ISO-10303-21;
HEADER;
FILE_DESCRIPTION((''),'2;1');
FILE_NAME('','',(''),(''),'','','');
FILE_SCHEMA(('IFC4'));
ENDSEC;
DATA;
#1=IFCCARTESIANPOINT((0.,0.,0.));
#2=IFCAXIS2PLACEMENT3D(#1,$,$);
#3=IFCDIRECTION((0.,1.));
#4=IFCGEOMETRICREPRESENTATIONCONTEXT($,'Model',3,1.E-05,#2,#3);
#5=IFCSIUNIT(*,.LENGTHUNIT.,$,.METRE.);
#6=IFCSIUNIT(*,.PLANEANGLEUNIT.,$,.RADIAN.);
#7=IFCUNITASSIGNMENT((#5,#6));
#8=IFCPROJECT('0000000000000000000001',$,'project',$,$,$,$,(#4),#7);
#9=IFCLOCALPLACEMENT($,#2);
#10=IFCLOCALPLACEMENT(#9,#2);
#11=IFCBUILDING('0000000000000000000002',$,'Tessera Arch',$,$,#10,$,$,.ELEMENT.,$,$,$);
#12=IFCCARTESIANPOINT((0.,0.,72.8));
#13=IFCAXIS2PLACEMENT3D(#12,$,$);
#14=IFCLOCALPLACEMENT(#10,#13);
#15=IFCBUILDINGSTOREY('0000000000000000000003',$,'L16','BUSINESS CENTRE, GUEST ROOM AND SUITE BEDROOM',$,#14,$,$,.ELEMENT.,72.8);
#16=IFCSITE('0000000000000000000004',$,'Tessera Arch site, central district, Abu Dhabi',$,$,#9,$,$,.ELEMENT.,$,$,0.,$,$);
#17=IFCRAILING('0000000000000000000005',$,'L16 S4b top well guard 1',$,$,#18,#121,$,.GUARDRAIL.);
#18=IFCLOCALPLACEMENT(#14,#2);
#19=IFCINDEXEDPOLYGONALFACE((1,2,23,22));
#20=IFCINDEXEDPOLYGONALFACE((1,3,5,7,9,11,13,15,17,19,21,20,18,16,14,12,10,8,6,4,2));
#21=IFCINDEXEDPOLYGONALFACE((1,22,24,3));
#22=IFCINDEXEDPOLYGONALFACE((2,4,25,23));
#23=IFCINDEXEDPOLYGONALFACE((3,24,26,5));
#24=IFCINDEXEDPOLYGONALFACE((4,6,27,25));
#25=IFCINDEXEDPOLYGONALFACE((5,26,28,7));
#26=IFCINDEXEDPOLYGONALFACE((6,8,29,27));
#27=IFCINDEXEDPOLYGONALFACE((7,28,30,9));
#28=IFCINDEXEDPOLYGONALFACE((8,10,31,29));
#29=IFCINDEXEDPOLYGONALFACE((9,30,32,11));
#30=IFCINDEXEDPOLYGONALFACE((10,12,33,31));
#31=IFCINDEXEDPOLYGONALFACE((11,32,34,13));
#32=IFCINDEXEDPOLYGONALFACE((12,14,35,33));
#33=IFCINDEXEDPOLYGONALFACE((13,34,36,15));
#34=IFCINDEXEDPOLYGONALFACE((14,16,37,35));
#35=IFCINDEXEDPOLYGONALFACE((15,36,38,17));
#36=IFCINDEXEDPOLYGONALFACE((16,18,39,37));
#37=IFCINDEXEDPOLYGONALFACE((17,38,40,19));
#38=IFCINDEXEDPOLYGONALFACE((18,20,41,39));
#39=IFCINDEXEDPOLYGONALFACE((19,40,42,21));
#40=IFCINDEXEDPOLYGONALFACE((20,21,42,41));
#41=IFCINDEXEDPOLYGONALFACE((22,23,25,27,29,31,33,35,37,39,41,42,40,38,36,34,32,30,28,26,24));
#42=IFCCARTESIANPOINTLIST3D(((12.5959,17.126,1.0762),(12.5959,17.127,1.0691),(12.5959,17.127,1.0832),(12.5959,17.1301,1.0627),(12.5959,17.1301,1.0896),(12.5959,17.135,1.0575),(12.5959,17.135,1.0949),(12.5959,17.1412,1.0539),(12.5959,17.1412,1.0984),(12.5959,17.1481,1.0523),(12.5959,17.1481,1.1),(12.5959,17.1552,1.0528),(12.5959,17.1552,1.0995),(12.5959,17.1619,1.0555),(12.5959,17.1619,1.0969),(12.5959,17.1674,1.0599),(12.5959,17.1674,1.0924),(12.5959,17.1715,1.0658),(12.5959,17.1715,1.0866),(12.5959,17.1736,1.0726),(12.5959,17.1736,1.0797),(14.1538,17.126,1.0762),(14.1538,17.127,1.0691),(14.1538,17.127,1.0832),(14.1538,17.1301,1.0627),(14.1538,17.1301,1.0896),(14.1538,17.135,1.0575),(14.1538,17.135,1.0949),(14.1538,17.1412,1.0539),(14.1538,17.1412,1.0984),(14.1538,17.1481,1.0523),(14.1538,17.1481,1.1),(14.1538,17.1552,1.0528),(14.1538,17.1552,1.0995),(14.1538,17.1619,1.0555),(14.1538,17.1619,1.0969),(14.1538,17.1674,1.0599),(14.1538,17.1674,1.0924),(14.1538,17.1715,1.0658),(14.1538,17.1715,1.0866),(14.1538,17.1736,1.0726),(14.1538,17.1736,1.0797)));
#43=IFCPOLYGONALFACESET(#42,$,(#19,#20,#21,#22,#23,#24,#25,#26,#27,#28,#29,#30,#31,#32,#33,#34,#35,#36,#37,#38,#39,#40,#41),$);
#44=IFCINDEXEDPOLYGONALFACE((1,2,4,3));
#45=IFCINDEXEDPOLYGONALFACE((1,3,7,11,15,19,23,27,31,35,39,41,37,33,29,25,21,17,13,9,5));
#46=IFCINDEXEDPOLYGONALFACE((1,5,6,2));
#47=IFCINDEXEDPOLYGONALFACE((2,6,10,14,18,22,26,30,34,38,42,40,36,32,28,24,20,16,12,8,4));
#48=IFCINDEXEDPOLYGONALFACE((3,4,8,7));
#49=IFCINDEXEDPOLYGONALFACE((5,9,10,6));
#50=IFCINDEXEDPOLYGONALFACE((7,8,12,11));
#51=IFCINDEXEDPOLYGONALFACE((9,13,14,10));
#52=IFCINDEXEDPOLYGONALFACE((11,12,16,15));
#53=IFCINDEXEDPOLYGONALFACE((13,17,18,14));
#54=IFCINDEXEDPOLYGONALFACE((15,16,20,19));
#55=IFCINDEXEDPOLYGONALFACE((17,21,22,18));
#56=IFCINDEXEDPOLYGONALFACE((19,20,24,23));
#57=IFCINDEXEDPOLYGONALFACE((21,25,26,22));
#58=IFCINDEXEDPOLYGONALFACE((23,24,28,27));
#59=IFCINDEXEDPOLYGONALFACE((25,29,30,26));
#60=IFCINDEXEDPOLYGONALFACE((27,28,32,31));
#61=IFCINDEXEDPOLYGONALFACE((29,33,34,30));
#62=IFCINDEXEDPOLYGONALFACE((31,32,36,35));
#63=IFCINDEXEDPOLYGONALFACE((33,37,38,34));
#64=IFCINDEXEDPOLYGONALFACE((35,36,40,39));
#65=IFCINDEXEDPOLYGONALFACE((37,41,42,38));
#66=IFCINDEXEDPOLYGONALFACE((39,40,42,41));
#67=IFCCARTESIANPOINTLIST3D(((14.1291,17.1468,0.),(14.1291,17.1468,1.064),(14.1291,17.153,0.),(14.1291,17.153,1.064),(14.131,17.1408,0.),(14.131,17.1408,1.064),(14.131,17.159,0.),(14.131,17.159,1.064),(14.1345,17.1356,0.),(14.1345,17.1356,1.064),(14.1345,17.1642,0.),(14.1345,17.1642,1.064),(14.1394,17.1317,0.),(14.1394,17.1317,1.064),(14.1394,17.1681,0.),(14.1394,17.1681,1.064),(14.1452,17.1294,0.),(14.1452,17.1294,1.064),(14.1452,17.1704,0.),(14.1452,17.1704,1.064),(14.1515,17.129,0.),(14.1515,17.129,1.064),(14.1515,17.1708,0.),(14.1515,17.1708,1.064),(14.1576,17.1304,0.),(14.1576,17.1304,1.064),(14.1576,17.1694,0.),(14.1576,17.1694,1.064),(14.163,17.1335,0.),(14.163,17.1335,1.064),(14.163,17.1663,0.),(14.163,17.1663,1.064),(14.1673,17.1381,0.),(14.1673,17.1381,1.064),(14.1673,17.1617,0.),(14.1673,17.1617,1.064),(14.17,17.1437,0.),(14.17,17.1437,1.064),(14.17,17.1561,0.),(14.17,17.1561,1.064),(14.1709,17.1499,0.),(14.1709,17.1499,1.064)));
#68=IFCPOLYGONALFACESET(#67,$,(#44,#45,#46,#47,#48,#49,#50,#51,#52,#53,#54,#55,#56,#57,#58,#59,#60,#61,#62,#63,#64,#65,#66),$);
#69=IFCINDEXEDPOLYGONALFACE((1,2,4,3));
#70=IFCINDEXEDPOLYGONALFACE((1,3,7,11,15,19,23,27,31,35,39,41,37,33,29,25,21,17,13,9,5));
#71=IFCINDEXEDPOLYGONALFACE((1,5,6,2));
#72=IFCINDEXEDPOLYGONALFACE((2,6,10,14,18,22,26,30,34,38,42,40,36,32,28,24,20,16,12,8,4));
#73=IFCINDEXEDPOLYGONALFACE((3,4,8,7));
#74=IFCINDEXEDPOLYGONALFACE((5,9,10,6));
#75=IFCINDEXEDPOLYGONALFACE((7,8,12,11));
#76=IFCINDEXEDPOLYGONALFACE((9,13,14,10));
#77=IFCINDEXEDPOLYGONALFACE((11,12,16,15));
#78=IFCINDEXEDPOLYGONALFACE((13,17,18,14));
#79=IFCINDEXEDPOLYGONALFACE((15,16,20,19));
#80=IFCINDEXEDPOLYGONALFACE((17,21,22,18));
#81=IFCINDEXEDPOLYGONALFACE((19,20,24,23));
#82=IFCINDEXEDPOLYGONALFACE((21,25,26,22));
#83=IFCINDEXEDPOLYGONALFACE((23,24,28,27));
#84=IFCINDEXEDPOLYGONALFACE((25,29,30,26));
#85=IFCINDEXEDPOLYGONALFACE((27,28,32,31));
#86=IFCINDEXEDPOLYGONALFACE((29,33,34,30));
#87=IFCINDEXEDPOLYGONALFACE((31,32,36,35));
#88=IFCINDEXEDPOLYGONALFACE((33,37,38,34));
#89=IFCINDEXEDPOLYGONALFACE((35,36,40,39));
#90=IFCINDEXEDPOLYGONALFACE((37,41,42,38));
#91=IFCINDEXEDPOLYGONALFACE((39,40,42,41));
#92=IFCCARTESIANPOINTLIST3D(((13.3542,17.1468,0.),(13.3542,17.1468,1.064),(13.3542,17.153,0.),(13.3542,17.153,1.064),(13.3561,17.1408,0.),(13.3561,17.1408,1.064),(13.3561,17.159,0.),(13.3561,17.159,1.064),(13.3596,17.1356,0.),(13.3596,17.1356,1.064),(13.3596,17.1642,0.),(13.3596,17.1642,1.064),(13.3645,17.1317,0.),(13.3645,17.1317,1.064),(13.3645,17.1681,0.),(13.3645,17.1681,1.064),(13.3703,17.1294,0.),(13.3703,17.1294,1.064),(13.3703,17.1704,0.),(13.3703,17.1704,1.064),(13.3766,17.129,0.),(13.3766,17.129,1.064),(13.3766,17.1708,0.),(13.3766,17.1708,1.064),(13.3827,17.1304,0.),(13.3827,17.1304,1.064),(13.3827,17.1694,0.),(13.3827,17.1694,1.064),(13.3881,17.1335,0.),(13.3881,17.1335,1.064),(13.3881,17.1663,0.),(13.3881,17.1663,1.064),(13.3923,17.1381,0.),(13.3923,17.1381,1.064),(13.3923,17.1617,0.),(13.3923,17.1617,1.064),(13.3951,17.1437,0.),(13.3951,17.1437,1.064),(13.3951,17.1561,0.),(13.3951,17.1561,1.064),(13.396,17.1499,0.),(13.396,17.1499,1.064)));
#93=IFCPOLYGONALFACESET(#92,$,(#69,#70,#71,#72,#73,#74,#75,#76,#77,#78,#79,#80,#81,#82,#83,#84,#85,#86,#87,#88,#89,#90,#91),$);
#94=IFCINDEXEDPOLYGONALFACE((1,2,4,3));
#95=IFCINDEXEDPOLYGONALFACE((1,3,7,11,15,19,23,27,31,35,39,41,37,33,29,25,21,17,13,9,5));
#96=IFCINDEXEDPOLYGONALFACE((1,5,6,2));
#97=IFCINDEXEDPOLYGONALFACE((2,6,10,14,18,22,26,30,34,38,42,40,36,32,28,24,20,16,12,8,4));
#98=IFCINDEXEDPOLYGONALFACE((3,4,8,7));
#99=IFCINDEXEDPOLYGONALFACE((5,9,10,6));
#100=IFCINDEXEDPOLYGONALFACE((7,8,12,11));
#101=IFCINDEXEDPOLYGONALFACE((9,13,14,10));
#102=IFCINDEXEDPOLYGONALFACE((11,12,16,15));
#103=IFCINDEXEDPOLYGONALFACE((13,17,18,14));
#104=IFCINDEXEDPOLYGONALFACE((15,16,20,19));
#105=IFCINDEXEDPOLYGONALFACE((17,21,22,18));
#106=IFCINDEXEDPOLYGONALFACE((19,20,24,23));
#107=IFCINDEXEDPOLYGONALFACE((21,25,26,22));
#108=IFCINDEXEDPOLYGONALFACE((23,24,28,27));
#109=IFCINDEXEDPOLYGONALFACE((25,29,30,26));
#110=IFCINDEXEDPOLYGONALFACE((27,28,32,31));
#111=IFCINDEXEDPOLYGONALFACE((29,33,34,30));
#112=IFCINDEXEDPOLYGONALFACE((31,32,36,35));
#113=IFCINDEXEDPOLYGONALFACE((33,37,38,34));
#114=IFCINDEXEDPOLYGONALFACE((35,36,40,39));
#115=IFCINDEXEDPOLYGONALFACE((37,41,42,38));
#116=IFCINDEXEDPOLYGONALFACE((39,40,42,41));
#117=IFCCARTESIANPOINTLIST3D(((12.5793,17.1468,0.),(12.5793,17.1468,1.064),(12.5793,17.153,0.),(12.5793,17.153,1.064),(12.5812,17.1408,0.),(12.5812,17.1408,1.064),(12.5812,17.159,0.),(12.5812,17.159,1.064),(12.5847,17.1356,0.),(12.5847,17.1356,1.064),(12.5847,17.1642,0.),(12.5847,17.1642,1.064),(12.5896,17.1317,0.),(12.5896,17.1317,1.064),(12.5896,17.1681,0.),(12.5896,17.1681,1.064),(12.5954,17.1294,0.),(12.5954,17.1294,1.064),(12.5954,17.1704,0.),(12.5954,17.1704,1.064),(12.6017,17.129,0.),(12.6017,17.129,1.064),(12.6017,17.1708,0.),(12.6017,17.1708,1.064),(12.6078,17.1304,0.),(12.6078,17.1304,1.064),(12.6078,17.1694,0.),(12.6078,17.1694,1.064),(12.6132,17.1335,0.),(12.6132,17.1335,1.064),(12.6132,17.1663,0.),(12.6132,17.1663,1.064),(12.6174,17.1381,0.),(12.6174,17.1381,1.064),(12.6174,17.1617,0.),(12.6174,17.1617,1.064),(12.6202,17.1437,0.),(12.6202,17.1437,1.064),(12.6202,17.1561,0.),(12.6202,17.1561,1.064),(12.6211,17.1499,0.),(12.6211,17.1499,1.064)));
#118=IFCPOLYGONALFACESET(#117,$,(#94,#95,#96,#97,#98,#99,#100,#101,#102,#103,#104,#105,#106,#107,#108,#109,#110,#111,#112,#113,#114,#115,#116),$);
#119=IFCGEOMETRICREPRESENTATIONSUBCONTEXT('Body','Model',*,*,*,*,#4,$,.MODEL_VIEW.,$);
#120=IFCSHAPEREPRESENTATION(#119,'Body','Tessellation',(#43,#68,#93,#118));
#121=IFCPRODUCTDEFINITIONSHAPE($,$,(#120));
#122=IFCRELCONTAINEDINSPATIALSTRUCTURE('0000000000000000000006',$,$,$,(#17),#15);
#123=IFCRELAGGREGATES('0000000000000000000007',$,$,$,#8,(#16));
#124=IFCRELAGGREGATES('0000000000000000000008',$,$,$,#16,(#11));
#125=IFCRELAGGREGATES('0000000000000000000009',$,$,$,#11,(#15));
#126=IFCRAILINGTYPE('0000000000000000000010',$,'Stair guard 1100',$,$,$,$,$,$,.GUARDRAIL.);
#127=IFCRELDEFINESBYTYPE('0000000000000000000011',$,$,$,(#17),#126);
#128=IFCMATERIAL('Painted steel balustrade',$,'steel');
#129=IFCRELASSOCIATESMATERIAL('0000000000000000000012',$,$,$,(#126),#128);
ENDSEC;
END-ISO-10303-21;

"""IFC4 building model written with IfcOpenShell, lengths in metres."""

from ifc_helpers import new_model, si_unit, direction, frame, origin, origin_2d, place, context, subcontext, project, spatial, circle, extrude, material, type_object, element, save


model = new_model("IFC4")

# Units and contexts
model_context = context("Model", 3, precision=1e-05, world=origin(), true_north=direction((0.0, 1.0)))
body_context = subcontext(model_context, "Body", "Model", "MODEL_VIEW")
ifc_project = project(units=[si_unit("LENGTHUNIT", "METRE"), si_unit("PLANEANGLEUNIT", "RADIAN")], contexts=[model_context])

# Site, building, storey
site_placement = place(None, origin())
site = spatial("IfcSite", under=ifc_project, at=site_placement, Name="Tessera Arch site, central district, Abu Dhabi", CompositionType="ELEMENT", RefElevation=0.0)
building_placement = place(site_placement, origin())
building = spatial("IfcBuilding", under=site, at=building_placement, Name="Tessera Arch", CompositionType="ELEMENT")
storey_placement = place(building_placement, frame((0.0, 0.0, 72.8)))
storey = spatial("IfcBuildingStorey", under=building, at=storey_placement, Name="L16", Description="BUSINESS CENTRE, GUEST ROOM AND SUITE BEDROOM", CompositionType="ELEMENT", Elevation=72.8)

# Railing
ifc_material_1 = material(Name="Painted steel balustrade", Category="steel")
railing_type = type_object("IfcRailingType", Name="Stair guard 1100", PredefinedType="GUARDRAIL", material=ifc_material_1)
railing_1_placement = place(storey_placement, frame((14.1499, 17.1499, 0.0)))
element("IfcRailing", 1, at=railing_1_placement, inside=storey, type_object=railing_type, Name="L16 S4b top well guard 1", PredefinedType="GUARDRAIL", context=body_context, shape_type="SweptSolid", body=[
    extrude(circle(Radius=0.0239, at=origin_2d()), frame((0.0039, 0.0, 1.0762), z_axis=(-1.0, 0.0, 0.0), x_axis=(0.0, -1.0, 0.0)), (0.0, 0.0, 1.0), 1.5579),
    extrude(circle(Radius=0.021, at=origin_2d()), origin(), (0.0, 0.0, 1.0), 1.064),
    extrude(circle(Radius=0.021, at=origin_2d()), frame((-0.7749, 0.0, 0.0)), (0.0, 0.0, 1.0), 1.064),
    extrude(circle(Radius=0.021, at=origin_2d()), frame((-1.5498, 0.0, 0.0)), (0.0, 0.0, 1.0), 1.064),
])

save(model, "model.ifc")
